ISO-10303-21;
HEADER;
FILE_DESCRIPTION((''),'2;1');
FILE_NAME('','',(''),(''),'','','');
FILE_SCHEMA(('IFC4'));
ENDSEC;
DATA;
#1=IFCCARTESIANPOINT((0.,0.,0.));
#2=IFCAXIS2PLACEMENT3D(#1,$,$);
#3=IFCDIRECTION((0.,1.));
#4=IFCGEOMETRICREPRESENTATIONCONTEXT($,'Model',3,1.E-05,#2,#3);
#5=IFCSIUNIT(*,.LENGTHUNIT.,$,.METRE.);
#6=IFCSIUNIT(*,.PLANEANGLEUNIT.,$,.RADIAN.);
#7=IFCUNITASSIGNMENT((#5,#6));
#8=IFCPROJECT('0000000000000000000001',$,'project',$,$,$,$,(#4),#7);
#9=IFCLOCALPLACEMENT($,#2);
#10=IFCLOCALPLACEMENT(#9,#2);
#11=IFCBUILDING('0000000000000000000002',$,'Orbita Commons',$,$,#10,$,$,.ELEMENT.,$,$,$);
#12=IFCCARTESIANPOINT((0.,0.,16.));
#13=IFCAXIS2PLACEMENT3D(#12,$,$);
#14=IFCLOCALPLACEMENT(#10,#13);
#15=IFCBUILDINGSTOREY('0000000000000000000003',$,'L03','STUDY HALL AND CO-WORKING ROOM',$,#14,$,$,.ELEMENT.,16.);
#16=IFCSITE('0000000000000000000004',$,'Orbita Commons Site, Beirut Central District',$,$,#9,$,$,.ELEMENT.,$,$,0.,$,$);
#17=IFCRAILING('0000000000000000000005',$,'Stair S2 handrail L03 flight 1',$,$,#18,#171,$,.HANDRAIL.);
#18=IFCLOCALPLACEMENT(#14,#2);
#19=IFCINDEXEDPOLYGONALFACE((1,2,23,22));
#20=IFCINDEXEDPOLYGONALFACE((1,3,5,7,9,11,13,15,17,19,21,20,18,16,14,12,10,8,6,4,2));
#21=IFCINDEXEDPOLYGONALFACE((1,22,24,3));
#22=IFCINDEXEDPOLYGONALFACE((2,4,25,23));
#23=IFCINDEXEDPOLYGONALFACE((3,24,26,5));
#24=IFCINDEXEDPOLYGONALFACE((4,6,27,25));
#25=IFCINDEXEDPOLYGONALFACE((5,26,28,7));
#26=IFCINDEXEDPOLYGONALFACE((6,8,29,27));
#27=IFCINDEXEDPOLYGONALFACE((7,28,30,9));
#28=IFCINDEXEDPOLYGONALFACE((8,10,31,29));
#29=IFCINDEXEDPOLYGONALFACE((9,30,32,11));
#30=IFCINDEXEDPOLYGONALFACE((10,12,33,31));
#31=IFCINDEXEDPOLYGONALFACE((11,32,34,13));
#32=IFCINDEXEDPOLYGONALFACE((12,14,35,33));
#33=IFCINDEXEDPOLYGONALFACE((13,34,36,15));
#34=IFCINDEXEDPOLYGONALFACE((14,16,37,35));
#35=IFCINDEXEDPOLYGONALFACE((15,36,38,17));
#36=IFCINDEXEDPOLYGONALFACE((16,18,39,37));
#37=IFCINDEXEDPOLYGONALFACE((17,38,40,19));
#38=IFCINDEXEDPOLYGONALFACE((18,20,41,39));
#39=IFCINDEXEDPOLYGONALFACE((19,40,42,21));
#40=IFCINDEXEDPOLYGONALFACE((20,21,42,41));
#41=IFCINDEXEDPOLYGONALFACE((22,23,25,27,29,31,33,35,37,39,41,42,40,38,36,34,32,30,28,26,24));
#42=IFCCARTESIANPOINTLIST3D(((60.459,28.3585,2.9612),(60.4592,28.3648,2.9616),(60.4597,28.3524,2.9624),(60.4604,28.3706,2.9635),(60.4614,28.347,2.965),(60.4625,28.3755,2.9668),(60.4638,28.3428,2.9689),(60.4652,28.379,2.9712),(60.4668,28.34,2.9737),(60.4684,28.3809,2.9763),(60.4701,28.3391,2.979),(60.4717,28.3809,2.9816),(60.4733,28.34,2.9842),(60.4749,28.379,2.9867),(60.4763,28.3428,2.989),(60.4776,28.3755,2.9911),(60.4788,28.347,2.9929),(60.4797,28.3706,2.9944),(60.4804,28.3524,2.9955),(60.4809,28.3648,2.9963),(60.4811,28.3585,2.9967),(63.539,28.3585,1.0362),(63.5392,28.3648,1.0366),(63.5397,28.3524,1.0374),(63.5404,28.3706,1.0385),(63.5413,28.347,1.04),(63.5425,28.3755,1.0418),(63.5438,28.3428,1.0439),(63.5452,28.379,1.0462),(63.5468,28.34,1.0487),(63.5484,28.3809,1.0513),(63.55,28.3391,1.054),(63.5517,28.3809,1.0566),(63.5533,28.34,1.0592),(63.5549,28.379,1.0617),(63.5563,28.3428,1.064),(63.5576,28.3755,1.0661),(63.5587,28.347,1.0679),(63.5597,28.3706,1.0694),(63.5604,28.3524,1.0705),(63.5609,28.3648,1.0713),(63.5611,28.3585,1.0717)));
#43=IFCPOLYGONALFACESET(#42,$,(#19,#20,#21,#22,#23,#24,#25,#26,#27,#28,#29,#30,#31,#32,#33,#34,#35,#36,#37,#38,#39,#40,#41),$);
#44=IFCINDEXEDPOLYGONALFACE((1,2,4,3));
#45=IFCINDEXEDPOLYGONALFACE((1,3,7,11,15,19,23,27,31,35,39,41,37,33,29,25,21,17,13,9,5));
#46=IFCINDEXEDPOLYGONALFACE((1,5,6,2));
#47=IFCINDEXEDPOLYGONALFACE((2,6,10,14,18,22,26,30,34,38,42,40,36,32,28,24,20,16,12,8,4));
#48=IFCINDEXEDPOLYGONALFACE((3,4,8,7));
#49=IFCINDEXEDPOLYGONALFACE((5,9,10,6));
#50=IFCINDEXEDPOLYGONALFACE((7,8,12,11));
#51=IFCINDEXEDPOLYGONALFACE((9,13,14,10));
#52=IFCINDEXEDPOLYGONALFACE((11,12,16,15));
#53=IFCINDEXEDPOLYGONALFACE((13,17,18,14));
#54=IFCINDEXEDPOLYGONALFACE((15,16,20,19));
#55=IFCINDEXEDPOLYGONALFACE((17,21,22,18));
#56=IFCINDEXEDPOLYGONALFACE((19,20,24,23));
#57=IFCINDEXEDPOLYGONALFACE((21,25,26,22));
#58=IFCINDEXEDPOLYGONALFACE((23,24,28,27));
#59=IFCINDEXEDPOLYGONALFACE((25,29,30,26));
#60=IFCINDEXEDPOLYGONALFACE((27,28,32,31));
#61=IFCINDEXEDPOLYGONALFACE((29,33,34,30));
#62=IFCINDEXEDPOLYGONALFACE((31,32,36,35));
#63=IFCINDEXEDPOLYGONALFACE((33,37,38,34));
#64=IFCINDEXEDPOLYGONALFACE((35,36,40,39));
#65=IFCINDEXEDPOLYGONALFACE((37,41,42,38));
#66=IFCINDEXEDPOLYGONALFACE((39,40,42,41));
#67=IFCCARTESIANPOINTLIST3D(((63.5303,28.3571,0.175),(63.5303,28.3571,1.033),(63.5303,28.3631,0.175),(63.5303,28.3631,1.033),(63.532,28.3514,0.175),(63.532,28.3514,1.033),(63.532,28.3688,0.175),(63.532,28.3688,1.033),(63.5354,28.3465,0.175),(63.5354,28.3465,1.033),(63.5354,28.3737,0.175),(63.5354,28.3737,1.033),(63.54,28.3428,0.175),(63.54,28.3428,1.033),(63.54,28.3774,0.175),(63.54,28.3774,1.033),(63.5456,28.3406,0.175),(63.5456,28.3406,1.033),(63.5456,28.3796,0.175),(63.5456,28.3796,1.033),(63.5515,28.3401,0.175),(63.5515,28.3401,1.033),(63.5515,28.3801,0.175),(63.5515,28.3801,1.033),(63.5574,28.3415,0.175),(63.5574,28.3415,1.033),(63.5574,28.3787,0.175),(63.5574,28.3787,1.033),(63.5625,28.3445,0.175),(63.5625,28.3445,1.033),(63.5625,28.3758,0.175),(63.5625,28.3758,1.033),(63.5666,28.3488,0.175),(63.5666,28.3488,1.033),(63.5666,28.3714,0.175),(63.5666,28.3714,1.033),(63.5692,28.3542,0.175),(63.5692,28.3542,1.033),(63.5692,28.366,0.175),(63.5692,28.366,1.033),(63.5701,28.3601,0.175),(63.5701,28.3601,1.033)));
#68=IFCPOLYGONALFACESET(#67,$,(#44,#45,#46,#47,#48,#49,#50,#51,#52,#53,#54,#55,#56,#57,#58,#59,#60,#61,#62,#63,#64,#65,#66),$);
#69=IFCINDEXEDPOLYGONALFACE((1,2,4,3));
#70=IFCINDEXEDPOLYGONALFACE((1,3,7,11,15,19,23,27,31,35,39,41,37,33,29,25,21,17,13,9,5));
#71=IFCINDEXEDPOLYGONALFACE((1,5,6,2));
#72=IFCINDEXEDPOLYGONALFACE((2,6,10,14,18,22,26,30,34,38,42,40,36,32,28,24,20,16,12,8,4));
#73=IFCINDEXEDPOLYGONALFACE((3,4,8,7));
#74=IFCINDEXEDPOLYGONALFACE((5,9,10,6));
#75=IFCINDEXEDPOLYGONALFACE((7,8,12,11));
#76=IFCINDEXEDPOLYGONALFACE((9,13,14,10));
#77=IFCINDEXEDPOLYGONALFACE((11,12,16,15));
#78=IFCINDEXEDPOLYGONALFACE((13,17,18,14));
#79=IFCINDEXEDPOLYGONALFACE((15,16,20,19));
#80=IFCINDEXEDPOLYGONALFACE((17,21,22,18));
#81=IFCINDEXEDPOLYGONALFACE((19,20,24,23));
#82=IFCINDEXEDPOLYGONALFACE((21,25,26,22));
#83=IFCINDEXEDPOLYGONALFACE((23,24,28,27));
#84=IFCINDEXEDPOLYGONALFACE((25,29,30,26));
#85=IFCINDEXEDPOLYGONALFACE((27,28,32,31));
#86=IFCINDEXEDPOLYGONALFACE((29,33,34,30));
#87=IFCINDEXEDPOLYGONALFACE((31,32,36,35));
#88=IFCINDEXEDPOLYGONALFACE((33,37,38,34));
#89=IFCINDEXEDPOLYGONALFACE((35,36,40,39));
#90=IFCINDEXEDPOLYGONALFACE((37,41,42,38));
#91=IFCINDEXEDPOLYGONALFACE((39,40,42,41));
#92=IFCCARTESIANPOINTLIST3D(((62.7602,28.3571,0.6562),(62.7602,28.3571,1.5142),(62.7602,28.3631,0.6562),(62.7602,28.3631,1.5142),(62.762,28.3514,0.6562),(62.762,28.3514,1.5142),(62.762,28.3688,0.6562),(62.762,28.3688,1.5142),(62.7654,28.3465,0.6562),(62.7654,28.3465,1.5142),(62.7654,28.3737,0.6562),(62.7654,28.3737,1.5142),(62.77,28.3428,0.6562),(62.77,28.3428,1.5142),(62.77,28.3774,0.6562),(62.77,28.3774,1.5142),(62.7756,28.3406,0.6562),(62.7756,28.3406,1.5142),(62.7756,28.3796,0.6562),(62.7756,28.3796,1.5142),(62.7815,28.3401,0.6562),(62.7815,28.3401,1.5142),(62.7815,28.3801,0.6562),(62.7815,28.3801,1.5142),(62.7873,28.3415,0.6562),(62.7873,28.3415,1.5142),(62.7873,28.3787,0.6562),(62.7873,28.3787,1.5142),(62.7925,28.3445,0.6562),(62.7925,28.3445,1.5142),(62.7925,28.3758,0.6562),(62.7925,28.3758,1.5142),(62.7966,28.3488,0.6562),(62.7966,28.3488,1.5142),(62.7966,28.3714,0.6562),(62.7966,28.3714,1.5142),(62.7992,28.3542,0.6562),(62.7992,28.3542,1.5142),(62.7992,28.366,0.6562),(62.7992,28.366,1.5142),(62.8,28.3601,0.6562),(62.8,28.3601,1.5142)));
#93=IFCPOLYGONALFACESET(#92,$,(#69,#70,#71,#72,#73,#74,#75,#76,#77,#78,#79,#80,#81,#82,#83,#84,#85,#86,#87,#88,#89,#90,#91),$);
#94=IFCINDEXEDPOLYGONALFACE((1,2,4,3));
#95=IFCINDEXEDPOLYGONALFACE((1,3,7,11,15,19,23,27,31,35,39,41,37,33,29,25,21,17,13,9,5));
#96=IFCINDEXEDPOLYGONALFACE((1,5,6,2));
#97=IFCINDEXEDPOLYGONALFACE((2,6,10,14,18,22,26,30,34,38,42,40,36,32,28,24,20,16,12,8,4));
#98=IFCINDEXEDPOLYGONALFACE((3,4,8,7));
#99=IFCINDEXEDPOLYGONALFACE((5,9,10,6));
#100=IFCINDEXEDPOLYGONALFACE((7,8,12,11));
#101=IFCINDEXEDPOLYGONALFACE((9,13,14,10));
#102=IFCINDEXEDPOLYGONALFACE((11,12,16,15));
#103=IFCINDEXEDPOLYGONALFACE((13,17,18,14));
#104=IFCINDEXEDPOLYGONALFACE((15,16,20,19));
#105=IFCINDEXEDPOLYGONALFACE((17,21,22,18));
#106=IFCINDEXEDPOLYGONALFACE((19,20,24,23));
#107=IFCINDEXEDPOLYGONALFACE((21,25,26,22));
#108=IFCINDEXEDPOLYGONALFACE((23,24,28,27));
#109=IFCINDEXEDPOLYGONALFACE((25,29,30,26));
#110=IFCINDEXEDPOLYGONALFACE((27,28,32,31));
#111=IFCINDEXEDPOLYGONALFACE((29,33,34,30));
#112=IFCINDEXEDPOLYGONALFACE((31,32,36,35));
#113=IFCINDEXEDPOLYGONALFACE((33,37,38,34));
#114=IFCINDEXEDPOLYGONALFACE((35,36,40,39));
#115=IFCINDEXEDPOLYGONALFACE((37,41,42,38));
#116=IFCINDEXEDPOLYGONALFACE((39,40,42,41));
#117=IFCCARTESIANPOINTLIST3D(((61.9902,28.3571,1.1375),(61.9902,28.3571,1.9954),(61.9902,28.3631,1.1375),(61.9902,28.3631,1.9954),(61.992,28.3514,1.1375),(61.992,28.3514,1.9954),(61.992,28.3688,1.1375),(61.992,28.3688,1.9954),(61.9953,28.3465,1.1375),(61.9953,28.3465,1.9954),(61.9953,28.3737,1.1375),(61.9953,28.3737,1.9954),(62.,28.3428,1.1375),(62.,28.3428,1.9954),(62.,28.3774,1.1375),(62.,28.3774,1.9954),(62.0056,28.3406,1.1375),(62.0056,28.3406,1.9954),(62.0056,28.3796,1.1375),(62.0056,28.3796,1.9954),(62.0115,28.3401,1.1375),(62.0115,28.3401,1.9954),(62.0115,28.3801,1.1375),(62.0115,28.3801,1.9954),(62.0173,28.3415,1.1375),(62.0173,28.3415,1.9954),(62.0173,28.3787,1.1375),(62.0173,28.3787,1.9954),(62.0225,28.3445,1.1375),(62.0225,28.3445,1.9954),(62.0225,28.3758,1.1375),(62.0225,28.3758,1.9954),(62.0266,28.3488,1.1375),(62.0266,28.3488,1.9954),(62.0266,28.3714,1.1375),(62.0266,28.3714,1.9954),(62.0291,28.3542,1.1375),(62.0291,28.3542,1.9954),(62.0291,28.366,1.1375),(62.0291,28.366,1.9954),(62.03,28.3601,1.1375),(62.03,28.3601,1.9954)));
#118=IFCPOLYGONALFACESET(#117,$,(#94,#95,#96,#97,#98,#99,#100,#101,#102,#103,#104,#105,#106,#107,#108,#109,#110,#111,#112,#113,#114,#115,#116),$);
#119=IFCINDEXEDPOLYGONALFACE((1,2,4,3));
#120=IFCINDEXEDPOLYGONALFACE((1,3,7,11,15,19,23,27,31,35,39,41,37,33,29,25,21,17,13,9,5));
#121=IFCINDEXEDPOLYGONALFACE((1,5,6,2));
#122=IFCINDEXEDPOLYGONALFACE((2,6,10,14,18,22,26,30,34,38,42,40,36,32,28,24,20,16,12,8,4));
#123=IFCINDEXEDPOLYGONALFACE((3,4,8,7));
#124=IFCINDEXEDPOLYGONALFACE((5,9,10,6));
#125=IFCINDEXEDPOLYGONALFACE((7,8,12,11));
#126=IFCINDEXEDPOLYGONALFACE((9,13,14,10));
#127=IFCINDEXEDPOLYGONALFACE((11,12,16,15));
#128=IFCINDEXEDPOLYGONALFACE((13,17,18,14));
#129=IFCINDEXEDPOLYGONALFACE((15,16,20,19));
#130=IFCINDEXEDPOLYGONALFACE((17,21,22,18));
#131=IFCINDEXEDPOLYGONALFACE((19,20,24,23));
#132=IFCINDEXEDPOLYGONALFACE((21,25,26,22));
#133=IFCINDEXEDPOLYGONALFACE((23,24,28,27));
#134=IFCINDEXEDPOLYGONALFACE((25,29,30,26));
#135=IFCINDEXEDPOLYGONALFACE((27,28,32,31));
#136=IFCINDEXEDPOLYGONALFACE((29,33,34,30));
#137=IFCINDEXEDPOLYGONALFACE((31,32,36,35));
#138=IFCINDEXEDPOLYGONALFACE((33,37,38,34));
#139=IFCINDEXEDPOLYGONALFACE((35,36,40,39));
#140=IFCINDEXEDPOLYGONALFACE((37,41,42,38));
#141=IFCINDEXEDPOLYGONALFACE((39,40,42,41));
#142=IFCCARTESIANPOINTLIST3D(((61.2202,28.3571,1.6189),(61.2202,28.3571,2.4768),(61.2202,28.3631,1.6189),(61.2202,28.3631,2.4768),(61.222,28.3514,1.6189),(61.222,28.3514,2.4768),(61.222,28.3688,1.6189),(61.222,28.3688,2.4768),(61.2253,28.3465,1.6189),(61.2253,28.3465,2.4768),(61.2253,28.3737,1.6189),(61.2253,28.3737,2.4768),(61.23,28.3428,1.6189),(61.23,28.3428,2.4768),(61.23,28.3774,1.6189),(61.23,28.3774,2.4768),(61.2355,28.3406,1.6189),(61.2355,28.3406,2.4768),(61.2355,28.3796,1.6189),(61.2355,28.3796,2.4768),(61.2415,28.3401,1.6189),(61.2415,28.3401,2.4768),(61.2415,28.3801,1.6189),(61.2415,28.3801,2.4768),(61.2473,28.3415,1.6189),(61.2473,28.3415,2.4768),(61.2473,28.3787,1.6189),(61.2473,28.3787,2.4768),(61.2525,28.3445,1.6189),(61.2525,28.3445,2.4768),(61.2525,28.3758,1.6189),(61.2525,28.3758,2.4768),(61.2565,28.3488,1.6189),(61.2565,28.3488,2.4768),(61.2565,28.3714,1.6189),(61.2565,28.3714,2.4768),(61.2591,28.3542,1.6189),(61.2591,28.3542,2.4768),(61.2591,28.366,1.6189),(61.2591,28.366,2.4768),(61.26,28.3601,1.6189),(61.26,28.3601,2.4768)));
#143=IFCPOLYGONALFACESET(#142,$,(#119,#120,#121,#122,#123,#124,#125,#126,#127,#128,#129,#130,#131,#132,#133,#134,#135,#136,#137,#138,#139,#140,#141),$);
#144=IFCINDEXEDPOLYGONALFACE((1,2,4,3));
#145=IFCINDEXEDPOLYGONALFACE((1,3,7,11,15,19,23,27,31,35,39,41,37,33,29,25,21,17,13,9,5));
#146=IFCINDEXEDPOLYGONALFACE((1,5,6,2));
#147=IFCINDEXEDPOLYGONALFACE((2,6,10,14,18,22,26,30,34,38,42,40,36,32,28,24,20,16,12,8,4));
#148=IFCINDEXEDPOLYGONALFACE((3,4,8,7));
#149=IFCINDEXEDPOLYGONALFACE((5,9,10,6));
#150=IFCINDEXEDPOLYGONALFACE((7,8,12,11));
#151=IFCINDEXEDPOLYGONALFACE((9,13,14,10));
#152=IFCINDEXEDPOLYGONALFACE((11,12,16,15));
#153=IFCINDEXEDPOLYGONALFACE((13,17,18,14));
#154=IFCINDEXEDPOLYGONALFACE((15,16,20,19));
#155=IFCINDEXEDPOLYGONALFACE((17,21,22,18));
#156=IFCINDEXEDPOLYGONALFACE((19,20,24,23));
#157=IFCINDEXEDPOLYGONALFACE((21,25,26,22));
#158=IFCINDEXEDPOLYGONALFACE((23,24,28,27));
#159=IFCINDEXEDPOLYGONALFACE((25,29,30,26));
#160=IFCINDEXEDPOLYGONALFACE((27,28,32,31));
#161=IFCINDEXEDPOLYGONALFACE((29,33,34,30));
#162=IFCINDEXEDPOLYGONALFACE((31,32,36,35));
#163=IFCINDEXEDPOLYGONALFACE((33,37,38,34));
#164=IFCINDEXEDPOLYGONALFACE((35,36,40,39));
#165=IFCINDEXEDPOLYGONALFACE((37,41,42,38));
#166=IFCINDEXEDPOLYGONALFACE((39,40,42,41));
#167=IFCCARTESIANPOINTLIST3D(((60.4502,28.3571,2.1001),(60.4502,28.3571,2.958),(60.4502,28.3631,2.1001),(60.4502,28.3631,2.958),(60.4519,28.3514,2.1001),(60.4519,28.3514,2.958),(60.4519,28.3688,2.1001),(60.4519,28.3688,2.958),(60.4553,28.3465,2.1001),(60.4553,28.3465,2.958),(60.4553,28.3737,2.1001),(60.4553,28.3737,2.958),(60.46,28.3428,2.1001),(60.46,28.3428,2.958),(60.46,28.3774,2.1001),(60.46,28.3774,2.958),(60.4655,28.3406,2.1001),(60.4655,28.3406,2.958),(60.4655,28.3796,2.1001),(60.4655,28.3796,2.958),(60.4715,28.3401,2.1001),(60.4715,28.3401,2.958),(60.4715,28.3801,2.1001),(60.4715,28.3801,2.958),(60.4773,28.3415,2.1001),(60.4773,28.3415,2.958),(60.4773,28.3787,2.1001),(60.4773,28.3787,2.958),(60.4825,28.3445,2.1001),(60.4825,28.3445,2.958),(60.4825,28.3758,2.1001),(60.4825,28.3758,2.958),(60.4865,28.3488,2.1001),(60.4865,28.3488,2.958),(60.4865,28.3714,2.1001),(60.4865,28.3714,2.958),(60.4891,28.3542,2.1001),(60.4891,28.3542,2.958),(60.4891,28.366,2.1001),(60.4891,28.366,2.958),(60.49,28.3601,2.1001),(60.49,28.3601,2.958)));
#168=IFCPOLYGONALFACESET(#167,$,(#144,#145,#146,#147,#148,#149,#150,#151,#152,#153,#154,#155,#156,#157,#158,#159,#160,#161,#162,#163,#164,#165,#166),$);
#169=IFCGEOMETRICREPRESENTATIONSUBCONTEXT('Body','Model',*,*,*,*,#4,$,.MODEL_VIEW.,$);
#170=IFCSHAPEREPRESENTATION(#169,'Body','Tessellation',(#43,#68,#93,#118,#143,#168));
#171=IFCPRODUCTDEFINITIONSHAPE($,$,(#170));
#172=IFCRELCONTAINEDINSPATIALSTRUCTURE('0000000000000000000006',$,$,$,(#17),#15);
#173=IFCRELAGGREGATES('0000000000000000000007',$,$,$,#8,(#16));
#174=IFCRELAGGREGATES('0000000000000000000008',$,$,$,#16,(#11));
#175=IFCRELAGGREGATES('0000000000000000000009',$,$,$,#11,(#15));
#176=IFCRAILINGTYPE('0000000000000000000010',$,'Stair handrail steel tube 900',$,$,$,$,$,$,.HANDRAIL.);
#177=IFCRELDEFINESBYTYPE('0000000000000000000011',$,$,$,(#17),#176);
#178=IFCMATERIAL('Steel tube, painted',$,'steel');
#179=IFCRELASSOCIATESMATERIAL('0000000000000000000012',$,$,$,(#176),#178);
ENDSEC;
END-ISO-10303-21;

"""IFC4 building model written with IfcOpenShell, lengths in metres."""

from ifc_helpers import new_model, si_unit, direction, frame, origin, origin_2d, place, context, subcontext, project, spatial, circle, extrude, material, type_object, element, save


model = new_model("IFC4")

# Units and contexts
model_context = context("Model", 3, precision=1e-05, world=origin(), true_north=direction((0.0, 1.0)))
body_context = subcontext(model_context, "Body", "Model", "MODEL_VIEW")
ifc_project = project(units=[si_unit("LENGTHUNIT", "METRE"), si_unit("PLANEANGLEUNIT", "RADIAN")], contexts=[model_context])

# Site, building, storey
site_placement = place(None, origin())
site = spatial("IfcSite", under=ifc_project, at=site_placement, Name="Orbita Commons Site, Beirut Central District", CompositionType="ELEMENT", RefElevation=0.0)
building_placement = place(site_placement, origin())
building = spatial("IfcBuilding", under=site, at=building_placement, Name="Orbita Commons", CompositionType="ELEMENT")
storey_placement = place(building_placement, frame((0.0, 0.0, 16.0)))
storey = spatial("IfcBuildingStorey", under=building, at=storey_placement, Name="L03", Description="STUDY HALL AND CO-WORKING ROOM", CompositionType="ELEMENT", Elevation=16.0)

# Railing
ifc_material_1 = material(Name="Steel tube, painted", Category="steel")
railing_type = type_object("IfcRailingType", Name="Stair handrail steel tube 900", PredefinedType="HANDRAIL", material=ifc_material_1)
for number, where, name in (
    (1, (63.55, 28.3601, 0.175), "Stair S2 handrail L03 flight 1"),
):
    element("IfcRailing", number, at=place(storey_placement, frame(where)), inside=storey, type_object=railing_type, Name=name, PredefinedType="HANDRAIL", context=body_context, shape_type="SweptSolid", body=[
        extrude(circle(Radius=0.021, at=origin_2d()), frame((0.0, 0.0, 0.8789), z_axis=(-0.847998, 0.0, 0.529999), x_axis=(0.0, -1.0, 0.0)), (0.0, 0.0, 1.0), 3.6321),
        extrude(circle(Radius=0.02, at=origin_2d()), origin(), (0.0, 0.0, 1.0), 0.8579),
        extrude(circle(Radius=0.02, at=origin_2d()), frame((-0.77, 0.0, 0.4812)), (0.0, 0.0, 1.0), 0.8579),
        extrude(circle(Radius=0.02, at=origin_2d()), frame((-1.54, 0.0, 0.9624)), (0.0, 0.0, 1.0), 0.8579),
        extrude(circle(Radius=0.02, at=origin_2d()), frame((-2.3101, 0.0, 1.4438)), (0.0, 0.0, 1.0), 0.8579),
        extrude(circle(Radius=0.02, at=origin_2d()), frame((-3.0801, 0.0, 1.925)), (0.0, 0.0, 1.0), 0.8579),
    ])

save(model, "model.ifc")
